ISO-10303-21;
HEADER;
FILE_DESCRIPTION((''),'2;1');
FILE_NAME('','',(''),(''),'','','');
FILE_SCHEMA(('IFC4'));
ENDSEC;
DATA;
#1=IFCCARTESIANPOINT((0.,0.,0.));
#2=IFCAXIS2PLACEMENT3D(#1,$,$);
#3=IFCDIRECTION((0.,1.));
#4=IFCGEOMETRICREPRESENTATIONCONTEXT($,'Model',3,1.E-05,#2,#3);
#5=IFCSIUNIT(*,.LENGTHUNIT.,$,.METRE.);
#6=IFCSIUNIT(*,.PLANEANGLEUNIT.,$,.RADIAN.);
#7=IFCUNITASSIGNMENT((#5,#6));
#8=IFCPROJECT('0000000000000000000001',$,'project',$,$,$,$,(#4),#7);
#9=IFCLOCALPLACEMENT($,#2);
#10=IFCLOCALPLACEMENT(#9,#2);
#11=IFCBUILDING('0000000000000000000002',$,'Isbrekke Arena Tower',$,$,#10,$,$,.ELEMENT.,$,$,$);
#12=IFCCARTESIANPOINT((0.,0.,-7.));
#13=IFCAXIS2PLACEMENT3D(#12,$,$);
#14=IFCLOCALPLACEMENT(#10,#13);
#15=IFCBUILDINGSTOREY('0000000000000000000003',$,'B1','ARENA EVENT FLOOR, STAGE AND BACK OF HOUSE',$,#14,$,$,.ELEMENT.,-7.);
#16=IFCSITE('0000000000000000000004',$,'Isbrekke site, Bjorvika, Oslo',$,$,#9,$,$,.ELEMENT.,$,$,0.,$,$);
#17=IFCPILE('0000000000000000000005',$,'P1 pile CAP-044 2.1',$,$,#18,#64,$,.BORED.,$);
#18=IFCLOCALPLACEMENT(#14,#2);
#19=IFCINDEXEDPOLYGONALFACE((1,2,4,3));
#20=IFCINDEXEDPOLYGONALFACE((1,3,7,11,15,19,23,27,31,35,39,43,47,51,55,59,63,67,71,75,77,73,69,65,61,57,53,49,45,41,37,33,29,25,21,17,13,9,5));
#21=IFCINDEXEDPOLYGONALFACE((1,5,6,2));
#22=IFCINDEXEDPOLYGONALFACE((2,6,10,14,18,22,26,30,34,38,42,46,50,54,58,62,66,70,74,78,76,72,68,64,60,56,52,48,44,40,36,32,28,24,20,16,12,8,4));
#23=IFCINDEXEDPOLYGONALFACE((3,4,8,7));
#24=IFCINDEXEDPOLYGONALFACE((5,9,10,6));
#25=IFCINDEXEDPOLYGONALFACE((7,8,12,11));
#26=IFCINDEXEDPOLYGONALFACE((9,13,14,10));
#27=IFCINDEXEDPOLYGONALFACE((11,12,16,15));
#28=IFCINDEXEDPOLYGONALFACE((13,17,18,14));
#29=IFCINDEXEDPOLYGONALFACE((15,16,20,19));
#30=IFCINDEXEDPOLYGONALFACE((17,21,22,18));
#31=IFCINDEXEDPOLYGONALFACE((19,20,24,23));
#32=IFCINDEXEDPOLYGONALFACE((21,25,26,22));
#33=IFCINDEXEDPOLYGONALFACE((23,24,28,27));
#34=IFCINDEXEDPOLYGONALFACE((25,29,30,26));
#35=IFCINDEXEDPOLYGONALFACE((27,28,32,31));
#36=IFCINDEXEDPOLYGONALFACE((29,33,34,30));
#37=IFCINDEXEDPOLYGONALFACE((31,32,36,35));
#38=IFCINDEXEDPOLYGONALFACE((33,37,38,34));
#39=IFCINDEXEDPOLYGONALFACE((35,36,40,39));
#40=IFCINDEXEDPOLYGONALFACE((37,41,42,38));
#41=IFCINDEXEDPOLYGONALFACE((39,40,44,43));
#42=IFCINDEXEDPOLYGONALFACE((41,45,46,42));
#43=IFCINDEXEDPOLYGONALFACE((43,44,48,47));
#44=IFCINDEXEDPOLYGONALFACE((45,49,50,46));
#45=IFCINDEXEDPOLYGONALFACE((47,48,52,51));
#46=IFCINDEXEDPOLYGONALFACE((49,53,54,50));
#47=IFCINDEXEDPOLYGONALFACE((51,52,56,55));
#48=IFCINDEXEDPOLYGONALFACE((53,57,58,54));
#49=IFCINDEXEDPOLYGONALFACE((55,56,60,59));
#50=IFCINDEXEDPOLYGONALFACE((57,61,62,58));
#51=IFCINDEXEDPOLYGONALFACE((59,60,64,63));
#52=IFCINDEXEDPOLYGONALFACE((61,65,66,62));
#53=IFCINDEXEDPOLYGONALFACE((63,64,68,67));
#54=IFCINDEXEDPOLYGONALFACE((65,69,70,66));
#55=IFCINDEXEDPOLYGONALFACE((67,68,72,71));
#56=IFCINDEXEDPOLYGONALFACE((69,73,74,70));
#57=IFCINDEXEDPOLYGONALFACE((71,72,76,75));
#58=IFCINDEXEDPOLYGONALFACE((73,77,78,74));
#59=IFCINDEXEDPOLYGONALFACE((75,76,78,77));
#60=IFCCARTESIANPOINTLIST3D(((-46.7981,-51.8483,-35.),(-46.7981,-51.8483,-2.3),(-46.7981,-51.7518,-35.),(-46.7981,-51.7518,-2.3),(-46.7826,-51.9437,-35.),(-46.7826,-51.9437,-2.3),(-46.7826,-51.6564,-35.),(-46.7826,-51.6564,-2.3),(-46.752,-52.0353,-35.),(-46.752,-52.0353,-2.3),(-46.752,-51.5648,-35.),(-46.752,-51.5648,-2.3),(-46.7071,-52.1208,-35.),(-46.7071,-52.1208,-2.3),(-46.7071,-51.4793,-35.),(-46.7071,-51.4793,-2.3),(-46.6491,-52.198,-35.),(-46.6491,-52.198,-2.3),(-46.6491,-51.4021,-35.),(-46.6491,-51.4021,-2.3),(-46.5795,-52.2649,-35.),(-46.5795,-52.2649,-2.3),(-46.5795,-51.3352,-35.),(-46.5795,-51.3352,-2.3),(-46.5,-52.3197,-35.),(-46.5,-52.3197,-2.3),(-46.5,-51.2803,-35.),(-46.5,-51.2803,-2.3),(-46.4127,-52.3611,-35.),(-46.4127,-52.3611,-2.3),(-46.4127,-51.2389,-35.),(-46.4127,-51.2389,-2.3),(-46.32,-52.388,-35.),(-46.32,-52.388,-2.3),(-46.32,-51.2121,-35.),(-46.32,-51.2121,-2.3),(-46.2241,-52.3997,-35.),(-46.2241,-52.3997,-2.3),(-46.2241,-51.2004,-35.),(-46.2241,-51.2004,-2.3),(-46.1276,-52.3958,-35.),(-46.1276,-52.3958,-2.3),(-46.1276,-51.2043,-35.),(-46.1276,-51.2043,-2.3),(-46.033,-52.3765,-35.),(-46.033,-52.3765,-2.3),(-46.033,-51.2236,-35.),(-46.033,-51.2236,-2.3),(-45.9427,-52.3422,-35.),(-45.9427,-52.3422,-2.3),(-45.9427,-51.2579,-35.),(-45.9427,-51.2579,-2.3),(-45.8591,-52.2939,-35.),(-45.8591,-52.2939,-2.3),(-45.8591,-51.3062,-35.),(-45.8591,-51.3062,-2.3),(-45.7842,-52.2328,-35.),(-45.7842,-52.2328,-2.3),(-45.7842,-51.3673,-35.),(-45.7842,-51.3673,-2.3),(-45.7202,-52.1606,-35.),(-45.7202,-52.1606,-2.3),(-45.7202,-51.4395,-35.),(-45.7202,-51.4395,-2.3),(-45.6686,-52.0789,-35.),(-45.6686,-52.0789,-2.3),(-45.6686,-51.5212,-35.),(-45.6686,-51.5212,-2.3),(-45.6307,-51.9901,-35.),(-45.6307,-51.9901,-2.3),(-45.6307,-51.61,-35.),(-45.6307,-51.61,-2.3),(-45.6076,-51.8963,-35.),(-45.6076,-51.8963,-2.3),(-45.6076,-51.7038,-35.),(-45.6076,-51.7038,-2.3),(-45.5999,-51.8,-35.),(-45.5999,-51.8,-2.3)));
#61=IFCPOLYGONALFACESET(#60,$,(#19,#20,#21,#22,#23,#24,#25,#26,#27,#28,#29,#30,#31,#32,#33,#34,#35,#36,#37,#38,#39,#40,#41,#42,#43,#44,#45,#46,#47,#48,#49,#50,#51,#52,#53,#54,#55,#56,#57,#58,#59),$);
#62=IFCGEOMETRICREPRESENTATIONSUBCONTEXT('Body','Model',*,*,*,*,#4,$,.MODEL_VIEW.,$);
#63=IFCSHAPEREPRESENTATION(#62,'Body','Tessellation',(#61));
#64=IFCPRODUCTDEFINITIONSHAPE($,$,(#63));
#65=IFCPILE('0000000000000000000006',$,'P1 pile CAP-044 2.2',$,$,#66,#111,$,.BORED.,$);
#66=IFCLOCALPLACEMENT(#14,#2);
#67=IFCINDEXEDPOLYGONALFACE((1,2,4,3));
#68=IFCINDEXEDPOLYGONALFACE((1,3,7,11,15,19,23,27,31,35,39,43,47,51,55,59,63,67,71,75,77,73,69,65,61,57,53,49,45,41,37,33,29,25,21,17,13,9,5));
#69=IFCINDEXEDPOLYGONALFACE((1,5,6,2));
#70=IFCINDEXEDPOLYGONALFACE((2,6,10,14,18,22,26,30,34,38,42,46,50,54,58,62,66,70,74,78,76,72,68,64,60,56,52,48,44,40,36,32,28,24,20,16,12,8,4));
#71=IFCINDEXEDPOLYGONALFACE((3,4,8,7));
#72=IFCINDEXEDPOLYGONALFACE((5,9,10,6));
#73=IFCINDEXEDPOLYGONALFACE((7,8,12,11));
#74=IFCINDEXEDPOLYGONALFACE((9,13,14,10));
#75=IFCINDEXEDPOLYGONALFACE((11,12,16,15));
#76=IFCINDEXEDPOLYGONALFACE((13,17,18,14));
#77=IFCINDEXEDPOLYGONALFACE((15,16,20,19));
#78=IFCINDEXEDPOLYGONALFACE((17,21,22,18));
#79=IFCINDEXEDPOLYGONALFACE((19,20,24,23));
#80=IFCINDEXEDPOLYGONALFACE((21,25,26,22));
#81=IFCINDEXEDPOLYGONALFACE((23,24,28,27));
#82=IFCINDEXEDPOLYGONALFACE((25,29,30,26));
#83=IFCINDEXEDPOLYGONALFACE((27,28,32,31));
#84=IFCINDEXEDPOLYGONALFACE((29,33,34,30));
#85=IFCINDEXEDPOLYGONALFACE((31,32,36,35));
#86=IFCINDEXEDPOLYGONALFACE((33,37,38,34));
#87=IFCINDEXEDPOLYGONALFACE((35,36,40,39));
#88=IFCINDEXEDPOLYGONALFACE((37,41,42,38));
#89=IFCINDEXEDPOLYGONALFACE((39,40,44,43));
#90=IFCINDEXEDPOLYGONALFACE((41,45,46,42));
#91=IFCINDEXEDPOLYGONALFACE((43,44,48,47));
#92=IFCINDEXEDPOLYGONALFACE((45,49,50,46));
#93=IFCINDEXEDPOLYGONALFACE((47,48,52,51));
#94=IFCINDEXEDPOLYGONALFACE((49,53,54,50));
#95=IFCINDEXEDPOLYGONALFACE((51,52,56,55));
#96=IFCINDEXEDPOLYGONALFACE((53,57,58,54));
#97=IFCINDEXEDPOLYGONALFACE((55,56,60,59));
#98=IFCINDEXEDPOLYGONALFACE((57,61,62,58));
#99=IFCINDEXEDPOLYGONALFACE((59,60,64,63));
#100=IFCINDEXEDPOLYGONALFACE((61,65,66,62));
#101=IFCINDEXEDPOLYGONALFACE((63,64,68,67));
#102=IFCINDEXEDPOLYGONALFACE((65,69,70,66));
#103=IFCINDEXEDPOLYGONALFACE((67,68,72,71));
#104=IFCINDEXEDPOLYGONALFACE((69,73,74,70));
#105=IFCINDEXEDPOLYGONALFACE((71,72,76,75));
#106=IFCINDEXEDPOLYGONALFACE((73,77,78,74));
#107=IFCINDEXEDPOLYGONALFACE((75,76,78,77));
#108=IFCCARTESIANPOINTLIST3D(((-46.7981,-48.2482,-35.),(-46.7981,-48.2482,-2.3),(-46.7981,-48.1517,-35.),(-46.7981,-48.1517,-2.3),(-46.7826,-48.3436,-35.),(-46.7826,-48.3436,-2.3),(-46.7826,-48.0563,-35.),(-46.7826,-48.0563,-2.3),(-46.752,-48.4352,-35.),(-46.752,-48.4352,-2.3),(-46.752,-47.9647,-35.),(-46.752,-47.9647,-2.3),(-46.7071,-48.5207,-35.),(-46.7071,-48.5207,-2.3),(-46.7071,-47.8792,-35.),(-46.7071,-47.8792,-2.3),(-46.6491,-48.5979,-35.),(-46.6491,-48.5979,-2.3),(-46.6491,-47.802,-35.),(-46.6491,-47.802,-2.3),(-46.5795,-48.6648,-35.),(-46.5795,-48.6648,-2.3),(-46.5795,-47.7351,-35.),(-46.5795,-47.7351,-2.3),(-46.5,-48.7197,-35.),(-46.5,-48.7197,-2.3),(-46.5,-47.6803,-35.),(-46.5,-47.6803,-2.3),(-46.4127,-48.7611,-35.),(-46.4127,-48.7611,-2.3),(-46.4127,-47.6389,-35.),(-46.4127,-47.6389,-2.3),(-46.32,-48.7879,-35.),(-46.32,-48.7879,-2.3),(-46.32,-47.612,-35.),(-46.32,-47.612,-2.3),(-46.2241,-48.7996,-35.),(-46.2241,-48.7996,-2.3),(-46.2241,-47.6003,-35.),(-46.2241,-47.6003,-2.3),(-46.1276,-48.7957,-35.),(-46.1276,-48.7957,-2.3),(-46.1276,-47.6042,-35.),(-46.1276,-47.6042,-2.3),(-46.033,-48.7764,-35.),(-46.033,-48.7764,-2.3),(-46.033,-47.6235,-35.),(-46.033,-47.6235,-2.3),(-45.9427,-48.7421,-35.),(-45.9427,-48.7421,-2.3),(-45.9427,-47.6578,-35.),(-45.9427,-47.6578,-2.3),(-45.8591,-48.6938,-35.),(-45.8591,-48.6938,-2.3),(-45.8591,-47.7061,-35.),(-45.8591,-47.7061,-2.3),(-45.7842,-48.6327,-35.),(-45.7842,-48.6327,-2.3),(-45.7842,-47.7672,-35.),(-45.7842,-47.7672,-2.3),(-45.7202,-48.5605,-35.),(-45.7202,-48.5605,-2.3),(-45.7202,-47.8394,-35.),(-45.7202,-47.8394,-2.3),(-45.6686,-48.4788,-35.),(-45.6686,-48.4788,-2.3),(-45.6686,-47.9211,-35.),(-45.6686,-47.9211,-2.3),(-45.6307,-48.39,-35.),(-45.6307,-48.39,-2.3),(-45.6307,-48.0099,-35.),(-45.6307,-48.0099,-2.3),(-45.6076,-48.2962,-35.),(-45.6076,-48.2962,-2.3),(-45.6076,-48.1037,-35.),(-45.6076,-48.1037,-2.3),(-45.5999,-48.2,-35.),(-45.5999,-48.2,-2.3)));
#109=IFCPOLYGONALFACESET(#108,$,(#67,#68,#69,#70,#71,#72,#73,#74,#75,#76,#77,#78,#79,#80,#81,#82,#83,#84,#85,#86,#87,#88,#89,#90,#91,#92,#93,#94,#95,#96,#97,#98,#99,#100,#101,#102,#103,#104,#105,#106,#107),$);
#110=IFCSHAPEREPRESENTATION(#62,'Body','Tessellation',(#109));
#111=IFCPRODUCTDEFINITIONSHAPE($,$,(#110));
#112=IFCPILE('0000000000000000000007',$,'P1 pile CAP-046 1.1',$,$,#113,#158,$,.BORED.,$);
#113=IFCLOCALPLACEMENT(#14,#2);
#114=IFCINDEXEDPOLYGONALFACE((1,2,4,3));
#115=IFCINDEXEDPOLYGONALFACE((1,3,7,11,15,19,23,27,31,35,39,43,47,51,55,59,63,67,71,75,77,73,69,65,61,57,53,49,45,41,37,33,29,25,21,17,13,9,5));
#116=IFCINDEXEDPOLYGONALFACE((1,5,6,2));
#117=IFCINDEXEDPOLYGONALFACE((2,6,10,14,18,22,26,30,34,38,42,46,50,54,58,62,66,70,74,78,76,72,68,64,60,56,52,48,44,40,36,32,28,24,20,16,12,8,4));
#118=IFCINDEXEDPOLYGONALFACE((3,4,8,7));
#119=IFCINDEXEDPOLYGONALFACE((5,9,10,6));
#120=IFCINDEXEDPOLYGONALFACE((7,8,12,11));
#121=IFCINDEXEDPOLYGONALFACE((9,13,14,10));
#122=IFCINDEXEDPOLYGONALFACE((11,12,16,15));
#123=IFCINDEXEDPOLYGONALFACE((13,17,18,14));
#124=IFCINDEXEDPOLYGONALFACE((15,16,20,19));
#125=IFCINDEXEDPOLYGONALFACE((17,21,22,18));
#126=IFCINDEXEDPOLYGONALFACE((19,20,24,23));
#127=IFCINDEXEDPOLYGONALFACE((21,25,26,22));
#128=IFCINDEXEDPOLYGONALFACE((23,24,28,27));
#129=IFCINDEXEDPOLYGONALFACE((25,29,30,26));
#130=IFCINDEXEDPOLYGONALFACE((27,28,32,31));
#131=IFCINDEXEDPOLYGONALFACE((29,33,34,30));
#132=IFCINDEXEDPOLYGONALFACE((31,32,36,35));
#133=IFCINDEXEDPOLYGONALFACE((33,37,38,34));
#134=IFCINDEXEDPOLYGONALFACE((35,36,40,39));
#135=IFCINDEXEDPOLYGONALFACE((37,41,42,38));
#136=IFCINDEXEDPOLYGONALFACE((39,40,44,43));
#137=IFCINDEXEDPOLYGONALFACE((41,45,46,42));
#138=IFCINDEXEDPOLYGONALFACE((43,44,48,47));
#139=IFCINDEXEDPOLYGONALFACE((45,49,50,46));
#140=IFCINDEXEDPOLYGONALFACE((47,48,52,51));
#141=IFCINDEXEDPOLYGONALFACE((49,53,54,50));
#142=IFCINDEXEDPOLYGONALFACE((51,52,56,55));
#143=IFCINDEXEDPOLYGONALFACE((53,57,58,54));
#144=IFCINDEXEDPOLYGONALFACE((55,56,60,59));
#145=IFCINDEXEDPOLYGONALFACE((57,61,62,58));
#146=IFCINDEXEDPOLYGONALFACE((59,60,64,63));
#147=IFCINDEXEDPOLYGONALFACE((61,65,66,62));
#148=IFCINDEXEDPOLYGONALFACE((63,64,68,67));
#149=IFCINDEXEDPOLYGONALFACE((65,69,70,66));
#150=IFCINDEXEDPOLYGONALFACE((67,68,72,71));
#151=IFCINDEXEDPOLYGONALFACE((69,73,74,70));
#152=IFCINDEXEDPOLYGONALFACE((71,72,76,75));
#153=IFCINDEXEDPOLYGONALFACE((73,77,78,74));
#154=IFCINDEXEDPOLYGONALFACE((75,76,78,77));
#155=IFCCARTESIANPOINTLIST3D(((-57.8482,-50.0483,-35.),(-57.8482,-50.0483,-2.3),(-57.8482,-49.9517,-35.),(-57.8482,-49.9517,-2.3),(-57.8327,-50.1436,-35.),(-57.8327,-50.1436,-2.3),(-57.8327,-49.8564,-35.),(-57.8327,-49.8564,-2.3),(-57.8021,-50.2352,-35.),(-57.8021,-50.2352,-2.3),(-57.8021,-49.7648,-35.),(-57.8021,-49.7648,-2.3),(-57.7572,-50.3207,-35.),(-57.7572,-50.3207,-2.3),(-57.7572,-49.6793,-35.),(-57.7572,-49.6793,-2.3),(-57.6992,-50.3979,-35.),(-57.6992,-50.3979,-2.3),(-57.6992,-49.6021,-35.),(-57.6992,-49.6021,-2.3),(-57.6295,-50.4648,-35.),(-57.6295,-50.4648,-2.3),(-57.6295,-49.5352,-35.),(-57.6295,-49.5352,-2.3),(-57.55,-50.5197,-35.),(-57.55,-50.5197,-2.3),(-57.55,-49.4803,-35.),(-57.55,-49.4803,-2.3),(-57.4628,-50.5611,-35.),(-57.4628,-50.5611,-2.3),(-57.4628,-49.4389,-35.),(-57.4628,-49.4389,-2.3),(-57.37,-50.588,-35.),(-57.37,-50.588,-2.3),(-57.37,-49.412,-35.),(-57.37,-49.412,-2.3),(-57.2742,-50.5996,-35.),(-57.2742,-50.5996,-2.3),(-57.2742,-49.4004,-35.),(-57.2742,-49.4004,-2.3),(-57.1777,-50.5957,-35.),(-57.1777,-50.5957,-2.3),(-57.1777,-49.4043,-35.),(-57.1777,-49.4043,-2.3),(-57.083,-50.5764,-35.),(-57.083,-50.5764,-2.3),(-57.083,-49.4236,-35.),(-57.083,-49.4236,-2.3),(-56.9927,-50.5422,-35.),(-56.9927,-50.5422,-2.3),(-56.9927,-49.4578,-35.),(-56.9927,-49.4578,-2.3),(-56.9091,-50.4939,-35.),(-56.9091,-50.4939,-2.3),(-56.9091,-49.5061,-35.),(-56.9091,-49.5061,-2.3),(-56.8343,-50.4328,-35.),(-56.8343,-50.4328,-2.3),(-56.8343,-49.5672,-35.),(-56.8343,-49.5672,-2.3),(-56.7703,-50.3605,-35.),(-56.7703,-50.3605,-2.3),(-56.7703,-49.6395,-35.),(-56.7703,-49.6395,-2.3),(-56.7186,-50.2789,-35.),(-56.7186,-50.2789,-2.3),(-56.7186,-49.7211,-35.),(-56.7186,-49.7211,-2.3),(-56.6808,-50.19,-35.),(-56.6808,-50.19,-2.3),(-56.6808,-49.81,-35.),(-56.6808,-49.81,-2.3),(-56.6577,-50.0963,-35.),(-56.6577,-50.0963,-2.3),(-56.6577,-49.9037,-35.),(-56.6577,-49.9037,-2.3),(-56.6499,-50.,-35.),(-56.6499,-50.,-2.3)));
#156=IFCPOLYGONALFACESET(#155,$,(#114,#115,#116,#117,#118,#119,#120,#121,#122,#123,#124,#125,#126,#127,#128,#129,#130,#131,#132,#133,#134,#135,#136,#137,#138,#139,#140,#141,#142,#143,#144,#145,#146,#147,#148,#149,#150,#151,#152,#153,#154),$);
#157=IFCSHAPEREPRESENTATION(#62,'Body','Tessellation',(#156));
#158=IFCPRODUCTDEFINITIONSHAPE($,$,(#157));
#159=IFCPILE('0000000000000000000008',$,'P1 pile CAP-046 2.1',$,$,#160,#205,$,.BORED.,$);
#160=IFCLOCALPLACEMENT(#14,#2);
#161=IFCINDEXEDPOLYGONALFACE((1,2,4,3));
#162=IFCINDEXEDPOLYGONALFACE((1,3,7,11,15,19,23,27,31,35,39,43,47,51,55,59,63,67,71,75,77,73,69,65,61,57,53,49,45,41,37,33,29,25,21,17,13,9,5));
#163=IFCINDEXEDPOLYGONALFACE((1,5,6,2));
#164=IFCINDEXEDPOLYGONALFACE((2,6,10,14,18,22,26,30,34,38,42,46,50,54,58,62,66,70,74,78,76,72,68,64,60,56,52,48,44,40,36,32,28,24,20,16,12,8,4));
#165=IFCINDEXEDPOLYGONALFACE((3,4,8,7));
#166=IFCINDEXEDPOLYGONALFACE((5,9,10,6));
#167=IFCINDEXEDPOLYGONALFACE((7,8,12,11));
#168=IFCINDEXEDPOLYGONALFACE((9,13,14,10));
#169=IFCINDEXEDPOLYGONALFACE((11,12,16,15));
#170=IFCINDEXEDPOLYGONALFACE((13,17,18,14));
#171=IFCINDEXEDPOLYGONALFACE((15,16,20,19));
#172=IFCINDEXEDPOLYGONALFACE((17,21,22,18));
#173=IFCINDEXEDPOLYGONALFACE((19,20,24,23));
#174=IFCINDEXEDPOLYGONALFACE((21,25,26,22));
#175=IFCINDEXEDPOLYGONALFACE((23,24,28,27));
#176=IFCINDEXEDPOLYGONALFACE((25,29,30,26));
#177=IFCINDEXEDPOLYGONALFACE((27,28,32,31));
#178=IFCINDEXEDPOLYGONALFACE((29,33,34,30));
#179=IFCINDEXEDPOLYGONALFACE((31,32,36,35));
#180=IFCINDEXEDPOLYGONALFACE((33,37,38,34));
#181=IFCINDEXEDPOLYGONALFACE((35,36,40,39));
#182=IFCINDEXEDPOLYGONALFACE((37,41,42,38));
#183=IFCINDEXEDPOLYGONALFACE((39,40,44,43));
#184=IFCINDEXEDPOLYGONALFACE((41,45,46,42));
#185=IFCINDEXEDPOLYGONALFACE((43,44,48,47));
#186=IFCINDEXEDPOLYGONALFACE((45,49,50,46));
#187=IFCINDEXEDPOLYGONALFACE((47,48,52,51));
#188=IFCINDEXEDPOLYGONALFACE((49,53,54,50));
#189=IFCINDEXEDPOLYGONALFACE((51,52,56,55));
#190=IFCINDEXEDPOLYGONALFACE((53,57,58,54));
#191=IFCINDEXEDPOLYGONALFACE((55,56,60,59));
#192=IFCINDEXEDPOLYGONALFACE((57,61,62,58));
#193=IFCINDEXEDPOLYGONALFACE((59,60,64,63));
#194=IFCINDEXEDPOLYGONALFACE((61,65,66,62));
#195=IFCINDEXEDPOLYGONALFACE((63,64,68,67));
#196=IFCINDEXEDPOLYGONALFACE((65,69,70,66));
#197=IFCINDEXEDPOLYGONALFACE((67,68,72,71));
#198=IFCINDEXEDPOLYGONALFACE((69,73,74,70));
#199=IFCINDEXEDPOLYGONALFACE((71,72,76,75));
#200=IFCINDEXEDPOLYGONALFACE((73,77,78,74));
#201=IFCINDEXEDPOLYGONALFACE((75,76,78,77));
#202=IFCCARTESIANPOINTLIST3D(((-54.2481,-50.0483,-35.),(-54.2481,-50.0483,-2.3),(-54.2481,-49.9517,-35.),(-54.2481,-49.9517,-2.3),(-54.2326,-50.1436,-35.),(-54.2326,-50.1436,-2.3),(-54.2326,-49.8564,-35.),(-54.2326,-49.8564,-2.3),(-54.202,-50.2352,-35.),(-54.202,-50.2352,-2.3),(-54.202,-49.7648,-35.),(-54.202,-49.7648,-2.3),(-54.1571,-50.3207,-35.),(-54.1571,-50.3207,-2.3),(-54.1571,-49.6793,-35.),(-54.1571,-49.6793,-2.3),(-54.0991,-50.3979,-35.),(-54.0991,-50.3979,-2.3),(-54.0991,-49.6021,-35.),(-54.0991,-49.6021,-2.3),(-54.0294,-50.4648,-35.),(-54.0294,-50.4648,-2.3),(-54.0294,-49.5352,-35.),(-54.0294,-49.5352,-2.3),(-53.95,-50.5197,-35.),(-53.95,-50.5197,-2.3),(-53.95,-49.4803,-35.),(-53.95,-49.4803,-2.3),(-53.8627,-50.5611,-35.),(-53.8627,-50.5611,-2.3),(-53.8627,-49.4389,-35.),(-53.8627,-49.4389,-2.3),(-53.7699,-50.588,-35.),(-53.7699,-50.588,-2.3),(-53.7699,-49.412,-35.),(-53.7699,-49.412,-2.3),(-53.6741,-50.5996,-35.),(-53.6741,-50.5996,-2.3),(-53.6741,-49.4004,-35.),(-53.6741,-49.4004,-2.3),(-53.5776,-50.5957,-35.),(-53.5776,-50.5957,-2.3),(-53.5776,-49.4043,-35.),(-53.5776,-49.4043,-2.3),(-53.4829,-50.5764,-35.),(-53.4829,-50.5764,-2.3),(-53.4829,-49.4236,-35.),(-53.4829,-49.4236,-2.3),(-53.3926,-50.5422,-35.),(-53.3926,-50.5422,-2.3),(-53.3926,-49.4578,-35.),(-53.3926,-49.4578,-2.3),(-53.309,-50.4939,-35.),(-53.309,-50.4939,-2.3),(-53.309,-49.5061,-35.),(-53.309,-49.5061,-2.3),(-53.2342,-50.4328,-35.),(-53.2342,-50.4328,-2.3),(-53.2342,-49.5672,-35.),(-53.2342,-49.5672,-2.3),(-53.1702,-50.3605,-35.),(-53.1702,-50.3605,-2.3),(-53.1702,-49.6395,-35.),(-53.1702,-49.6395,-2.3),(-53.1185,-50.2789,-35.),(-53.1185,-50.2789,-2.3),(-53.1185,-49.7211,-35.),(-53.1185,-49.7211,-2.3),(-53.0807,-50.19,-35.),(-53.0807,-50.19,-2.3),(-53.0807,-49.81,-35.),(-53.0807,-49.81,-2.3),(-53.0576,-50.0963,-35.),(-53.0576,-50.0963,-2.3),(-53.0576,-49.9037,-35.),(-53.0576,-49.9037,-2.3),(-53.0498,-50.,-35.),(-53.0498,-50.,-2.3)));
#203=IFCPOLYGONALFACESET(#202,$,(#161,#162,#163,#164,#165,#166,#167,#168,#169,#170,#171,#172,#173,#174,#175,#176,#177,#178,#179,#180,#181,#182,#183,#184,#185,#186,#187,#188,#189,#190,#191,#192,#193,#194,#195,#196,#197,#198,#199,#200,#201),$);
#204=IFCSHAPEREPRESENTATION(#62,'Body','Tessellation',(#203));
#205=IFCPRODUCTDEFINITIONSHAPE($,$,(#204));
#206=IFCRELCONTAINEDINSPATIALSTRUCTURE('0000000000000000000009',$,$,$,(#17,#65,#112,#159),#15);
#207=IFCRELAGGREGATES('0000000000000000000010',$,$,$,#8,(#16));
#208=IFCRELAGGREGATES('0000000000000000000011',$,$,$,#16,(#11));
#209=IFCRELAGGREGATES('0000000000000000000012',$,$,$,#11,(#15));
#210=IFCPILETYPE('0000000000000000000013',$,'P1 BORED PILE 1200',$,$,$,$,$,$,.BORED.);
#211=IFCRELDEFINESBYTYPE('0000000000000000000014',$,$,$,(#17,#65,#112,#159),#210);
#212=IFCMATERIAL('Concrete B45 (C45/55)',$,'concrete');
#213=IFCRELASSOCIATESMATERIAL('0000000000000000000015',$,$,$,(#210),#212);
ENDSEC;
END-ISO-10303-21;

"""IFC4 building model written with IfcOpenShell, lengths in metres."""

from ifc_helpers import new_model, si_unit, direction, frame, origin, origin_2d, place, context, subcontext, project, spatial, circle, extrude, material, material_profile, profile_set, type_object, element, save


model = new_model("IFC4")

# Units and contexts
model_context = context("Model", 3, precision=1e-05, world=origin(), true_north=direction((0.0, 1.0)))
body_context = subcontext(model_context, "Body", "Model", "MODEL_VIEW")
ifc_project = project(units=[si_unit("LENGTHUNIT", "METRE"), si_unit("PLANEANGLEUNIT", "RADIAN")], contexts=[model_context])

# Site, building, storey
site_placement = place(None, origin())
site = spatial("IfcSite", under=ifc_project, at=site_placement, Name="Isbrekke site, Bjorvika, Oslo", CompositionType="ELEMENT", RefElevation=0.0)
building_placement = place(site_placement, origin())
building = spatial("IfcBuilding", under=site, at=building_placement, Name="Isbrekke Arena Tower", CompositionType="ELEMENT")
storey_placement = place(building_placement, frame((0.0, 0.0, -7.0)))
storey = spatial("IfcBuildingStorey", under=building, at=storey_placement, Name="B1", Description="ARENA EVENT FLOOR, STAGE AND BACK OF HOUSE", CompositionType="ELEMENT", Elevation=-7.0)

# Piles
ifc_material_1 = material(Name="Concrete B45 (C45/55)", Category="concrete")
ifc_material_profile_1 = material_profile(ifc_material_1, circle(Radius=0.6001, at=origin_2d()), Name="BORED PILE D1200")
ifc_profile_set_1 = profile_set([ifc_material_profile_1], Name="Concrete B45 (C45/55)")
pile_type = type_object("IfcPileType", Name="P1 BORED PILE 1200", PredefinedType="BORED", material=ifc_profile_set_1)
for number, where, z_axis, x_axis, name in (
    (1, (-46.2, -51.8, -2.3), (0.0, 0.0, -1.0), (1.0, 0.0, 0.0), "P1 pile CAP-044 2.1"),
    (2, (-46.2, -48.2, -2.3), (0.0, 0.0, -1.0), (1.0, 0.0, 0.0), "P1 pile CAP-044 2.2"),
    (3, (-57.25, -50.0, -2.3), (0.0, 0.0, -1.0), (1.0, 0.0, 0.0), "P1 pile CAP-046 1.1"),
    (4, (-53.6499, -50.0, -2.3), (0.0, 0.0, -1.0), (1.0, 0.0, 0.0), "P1 pile CAP-046 2.1"),
):
    element("IfcPile", number, at=place(storey_placement, frame(where, z_axis=z_axis, x_axis=x_axis)), inside=storey, type_object=pile_type, Name=name, PredefinedType="BORED", context=body_context, shape_type="SweptSolid", body=[
        extrude(circle(Radius=0.6001, at=origin_2d()), origin(), (0.0, 0.0, 1.0), 32.7),
    ])

save(model, "model.ifc")
